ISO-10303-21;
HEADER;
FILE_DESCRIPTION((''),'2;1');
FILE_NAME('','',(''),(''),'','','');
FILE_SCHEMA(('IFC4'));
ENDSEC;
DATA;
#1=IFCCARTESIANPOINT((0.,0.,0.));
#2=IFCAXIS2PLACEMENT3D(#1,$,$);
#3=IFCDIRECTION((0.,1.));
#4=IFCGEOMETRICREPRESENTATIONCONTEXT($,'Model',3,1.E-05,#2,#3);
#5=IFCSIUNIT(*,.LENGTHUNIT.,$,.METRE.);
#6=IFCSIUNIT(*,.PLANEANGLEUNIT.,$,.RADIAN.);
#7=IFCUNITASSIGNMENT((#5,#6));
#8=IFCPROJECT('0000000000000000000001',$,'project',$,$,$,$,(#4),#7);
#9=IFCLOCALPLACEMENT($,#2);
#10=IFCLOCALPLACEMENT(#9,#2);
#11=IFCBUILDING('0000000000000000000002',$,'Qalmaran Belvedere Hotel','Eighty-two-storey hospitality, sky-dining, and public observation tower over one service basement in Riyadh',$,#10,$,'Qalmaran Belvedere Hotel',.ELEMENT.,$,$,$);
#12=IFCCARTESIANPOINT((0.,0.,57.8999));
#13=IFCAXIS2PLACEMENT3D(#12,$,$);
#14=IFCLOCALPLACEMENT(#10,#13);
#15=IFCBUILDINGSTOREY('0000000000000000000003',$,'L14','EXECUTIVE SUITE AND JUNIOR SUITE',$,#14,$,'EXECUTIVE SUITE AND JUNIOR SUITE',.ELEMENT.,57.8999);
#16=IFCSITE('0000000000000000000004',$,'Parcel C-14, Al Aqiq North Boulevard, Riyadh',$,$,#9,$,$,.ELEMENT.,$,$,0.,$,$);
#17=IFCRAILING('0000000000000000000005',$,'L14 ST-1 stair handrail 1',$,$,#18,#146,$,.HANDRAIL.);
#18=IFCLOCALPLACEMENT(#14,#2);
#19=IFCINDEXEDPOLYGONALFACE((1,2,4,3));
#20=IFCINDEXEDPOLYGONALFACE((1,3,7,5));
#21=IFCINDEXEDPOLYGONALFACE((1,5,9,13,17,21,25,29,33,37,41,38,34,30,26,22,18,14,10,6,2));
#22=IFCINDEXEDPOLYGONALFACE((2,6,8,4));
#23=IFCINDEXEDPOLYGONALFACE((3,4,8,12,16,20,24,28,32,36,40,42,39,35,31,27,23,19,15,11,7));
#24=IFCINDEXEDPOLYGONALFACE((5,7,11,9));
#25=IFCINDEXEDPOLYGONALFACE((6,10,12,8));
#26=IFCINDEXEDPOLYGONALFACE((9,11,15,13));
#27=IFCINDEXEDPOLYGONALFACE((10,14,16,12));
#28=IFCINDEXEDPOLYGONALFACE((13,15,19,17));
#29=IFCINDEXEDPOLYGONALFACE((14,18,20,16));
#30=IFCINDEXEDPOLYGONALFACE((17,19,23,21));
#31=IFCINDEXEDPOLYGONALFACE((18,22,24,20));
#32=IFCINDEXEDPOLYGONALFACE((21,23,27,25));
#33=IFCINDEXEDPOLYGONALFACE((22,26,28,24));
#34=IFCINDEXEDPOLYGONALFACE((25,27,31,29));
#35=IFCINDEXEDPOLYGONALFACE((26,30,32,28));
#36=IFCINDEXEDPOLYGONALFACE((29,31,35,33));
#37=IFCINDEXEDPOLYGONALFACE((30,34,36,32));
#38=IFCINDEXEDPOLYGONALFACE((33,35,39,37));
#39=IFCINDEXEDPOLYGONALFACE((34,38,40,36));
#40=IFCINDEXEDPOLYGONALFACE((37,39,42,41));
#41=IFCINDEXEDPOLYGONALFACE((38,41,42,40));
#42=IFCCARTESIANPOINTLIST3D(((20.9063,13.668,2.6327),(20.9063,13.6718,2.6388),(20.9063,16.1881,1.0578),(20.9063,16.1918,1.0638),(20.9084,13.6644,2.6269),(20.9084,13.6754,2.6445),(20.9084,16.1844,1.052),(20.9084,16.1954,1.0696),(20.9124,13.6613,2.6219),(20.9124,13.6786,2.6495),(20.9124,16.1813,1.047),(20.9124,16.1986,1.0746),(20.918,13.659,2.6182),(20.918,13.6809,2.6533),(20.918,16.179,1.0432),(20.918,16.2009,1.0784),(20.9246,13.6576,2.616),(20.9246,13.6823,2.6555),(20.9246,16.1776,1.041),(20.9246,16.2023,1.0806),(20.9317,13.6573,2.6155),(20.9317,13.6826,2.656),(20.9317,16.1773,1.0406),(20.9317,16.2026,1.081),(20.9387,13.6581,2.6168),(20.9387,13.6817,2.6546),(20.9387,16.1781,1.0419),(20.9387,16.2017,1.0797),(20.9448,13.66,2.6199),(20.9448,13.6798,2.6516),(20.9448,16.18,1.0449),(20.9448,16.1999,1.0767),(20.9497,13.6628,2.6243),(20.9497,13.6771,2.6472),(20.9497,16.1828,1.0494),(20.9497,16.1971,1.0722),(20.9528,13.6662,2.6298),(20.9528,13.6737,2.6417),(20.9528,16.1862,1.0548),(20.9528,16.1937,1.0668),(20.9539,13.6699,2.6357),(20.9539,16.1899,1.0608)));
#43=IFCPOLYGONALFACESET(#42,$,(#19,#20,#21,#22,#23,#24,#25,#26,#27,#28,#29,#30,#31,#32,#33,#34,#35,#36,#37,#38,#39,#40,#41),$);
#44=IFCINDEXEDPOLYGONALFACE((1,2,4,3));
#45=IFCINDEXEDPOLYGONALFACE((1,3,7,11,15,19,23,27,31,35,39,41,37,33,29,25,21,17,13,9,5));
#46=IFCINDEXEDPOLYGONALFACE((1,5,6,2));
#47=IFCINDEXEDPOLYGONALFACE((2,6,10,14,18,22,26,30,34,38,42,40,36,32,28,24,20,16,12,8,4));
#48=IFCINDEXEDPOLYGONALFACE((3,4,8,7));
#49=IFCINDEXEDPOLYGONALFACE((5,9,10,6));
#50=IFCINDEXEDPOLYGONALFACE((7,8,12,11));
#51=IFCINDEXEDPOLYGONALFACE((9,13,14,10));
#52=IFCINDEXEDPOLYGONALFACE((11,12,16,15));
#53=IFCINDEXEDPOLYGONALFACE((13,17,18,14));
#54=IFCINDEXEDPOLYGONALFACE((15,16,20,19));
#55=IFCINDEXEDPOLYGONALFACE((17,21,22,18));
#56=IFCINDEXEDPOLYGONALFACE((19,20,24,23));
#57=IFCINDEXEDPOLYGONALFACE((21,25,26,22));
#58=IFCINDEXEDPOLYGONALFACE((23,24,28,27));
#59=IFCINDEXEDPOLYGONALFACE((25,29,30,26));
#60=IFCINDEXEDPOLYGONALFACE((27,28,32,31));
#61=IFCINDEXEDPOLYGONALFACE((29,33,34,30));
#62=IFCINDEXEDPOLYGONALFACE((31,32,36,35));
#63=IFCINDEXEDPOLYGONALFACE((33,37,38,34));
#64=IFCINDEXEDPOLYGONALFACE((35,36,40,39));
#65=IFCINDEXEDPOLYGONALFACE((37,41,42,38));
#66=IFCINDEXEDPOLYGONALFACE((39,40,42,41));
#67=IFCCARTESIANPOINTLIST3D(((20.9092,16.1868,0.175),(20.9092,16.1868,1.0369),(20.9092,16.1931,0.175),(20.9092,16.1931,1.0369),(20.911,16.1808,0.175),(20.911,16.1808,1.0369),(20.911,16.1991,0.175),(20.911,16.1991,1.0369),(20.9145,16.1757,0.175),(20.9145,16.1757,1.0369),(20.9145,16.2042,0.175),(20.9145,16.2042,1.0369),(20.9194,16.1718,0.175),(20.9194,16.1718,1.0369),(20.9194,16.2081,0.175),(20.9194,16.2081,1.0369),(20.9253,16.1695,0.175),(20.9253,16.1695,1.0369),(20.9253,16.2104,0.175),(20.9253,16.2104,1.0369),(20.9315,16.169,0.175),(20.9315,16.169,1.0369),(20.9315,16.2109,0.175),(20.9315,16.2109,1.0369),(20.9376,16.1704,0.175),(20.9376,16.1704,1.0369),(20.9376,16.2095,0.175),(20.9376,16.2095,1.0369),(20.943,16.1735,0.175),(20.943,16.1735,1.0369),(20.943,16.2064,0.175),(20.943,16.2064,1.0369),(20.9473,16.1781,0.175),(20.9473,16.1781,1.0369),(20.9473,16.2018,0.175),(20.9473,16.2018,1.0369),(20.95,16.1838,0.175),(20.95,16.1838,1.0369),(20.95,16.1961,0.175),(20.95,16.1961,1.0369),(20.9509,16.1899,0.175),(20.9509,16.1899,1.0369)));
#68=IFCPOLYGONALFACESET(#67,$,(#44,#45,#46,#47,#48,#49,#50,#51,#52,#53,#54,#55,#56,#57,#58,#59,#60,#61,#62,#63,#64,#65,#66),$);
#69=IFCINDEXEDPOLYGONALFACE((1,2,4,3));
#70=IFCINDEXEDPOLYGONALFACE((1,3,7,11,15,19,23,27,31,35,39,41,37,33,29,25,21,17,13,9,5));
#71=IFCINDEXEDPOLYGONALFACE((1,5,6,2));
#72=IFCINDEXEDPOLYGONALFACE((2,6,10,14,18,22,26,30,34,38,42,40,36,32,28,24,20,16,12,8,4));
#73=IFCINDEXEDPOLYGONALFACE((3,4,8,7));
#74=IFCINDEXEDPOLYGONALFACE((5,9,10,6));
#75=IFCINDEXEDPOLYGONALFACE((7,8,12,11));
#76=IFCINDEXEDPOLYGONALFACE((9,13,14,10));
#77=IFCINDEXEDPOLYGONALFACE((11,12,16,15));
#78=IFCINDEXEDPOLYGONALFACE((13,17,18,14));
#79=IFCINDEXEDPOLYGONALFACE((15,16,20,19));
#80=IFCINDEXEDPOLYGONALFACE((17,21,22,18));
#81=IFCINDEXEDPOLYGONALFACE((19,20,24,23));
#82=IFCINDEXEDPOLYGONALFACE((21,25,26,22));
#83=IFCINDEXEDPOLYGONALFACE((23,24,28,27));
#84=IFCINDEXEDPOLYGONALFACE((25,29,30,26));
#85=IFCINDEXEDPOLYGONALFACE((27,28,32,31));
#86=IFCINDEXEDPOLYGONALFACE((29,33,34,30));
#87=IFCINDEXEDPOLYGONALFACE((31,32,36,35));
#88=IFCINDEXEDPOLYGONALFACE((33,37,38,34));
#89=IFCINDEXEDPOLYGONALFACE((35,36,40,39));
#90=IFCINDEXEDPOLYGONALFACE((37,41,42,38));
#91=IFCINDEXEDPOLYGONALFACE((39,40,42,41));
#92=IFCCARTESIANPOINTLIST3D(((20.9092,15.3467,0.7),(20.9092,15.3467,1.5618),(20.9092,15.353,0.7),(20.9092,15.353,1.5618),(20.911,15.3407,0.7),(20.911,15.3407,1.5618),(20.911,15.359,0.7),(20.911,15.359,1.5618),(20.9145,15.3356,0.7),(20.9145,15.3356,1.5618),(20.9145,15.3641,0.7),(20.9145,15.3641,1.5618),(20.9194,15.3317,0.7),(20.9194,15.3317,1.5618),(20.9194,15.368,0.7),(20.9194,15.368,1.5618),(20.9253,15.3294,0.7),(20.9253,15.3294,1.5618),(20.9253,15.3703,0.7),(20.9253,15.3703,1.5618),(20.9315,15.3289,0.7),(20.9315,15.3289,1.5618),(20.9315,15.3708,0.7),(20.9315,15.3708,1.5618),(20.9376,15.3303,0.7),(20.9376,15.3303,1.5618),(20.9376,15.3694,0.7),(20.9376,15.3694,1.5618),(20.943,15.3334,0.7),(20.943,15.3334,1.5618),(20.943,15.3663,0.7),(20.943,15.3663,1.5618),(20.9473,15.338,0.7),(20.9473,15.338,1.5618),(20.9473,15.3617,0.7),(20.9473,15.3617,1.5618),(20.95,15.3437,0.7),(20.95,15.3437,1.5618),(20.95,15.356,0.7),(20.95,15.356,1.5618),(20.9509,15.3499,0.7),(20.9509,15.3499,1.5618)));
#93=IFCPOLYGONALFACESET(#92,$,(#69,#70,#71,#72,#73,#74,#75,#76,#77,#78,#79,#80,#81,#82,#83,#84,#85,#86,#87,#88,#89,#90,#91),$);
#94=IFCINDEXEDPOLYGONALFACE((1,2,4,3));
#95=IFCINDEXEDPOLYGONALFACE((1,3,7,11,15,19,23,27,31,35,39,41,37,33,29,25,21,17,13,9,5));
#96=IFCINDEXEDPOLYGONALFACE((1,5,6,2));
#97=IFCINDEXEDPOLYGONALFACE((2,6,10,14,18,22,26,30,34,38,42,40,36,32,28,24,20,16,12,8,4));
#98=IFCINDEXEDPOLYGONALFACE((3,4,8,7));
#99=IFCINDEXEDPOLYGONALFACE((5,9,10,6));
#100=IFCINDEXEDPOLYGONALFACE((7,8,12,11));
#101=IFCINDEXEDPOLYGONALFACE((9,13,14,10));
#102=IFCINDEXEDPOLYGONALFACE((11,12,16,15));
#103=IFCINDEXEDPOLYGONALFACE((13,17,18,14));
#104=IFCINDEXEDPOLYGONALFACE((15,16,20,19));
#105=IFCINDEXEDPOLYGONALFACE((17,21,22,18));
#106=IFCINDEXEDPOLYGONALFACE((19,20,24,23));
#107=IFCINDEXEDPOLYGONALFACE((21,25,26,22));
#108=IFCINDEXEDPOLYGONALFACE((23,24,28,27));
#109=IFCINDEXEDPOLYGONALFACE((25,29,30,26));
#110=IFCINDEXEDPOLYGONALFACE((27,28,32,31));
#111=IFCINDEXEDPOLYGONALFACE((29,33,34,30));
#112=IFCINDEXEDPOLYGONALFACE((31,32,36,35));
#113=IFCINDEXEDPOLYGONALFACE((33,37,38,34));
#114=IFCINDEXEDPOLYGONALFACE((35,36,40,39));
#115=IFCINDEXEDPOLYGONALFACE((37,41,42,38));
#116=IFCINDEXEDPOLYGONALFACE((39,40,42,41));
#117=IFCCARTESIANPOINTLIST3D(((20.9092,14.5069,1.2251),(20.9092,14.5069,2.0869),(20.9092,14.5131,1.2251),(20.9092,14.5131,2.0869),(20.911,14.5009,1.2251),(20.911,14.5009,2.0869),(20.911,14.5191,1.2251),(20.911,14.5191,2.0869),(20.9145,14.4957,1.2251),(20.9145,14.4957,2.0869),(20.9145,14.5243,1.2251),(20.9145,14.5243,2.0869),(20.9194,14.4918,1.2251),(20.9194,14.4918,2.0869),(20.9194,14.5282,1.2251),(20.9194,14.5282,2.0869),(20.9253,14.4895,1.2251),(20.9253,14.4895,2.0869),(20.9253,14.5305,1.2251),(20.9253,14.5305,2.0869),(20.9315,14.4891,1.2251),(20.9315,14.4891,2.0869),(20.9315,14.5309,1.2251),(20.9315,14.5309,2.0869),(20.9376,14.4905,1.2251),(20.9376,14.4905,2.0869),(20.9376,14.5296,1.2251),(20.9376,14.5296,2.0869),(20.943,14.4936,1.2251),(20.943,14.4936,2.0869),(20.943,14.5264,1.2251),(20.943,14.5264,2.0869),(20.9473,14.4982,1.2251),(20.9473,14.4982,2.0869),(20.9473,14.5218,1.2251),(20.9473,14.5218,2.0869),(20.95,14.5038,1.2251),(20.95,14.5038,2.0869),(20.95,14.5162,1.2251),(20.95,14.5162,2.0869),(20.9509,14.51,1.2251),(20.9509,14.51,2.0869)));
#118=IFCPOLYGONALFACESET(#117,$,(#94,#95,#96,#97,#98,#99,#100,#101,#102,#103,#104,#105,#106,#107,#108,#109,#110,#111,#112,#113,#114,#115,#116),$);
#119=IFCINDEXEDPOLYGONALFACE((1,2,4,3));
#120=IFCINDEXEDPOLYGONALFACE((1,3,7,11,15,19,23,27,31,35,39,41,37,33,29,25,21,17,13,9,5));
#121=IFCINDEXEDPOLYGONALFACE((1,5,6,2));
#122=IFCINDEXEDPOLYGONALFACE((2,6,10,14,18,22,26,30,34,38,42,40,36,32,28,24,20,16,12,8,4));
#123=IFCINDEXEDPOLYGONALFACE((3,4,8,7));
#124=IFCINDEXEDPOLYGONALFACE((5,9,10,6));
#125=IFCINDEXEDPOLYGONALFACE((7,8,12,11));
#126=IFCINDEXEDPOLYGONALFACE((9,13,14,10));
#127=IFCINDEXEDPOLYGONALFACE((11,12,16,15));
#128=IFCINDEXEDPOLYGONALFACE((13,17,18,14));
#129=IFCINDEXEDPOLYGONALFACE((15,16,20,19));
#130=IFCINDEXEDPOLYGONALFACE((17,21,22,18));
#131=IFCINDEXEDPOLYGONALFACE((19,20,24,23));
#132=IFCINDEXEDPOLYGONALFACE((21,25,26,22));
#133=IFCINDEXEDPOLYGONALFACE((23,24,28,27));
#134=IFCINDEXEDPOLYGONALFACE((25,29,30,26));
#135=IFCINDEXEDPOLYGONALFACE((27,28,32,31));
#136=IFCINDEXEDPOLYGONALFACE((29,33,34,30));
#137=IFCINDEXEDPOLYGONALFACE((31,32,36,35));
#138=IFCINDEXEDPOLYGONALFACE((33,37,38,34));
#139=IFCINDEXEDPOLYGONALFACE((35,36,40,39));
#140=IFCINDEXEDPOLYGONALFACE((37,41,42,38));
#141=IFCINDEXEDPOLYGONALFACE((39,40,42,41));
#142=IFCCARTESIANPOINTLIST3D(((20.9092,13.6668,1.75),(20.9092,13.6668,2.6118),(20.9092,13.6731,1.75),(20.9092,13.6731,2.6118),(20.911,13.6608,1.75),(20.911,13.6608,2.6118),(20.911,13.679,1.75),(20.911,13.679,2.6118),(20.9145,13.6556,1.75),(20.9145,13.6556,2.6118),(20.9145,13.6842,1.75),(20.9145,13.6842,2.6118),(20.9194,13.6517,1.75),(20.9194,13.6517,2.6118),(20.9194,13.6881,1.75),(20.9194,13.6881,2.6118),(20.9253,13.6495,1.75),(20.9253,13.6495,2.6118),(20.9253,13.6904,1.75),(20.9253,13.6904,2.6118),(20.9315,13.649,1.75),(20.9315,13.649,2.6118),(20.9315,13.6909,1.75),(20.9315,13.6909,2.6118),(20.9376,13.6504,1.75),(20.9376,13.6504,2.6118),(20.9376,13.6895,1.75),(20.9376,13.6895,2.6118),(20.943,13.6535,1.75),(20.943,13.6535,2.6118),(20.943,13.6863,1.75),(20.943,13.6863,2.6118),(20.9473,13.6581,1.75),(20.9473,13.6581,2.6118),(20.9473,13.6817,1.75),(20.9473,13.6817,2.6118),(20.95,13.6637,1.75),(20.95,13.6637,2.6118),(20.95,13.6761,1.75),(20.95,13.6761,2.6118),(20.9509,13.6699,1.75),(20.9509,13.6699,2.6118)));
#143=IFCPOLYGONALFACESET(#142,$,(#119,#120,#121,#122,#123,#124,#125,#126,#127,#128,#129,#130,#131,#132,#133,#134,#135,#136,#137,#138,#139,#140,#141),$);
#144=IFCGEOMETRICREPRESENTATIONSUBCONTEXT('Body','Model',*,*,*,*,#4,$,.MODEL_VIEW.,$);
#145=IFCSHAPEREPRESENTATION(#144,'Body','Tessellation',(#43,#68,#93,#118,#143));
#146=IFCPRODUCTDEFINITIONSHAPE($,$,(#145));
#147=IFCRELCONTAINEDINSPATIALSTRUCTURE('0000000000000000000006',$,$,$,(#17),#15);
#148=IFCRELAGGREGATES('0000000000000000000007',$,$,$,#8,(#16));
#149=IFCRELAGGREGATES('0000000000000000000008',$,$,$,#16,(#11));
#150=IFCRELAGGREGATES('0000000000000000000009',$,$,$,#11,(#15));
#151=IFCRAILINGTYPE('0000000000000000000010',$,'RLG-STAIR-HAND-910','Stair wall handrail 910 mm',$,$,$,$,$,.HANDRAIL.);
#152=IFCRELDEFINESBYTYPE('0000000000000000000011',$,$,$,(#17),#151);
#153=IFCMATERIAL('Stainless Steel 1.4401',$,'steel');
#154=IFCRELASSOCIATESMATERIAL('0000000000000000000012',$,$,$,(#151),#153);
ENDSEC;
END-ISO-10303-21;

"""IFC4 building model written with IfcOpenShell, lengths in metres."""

from ifc_helpers import new_model, si_unit, direction, frame, origin, origin_2d, place, context, subcontext, project, spatial, circle, extrude, material, type_object, element, save


model = new_model("IFC4")

# Units and contexts
model_context = context("Model", 3, precision=1e-05, world=origin(), true_north=direction((0.0, 1.0)))
body_context = subcontext(model_context, "Body", "Model", "MODEL_VIEW")
ifc_project = project(units=[si_unit("LENGTHUNIT", "METRE"), si_unit("PLANEANGLEUNIT", "RADIAN")], contexts=[model_context])

# Site, building, storey
site_placement = place(None, origin())
site = spatial("IfcSite", under=ifc_project, at=site_placement, Name="Parcel C-14, Al Aqiq North Boulevard, Riyadh", CompositionType="ELEMENT", RefElevation=0.0)
building_placement = place(site_placement, origin())
building = spatial("IfcBuilding", under=site, at=building_placement, Name="Qalmaran Belvedere Hotel", Description="Eighty-two-storey hospitality, sky-dining, and public observation tower over one service basement in Riyadh", LongName="Qalmaran Belvedere Hotel", CompositionType="ELEMENT")
storey_placement = place(building_placement, frame((0.0, 0.0, 57.8999)))
storey = spatial("IfcBuildingStorey", under=building, at=storey_placement, Name="L14", Description="EXECUTIVE SUITE AND JUNIOR SUITE", LongName="EXECUTIVE SUITE AND JUNIOR SUITE", CompositionType="ELEMENT", Elevation=57.8999)

# Shared definitions
ifc_material_1 = material(Name="Stainless Steel 1.4401", Category="steel")

# Railing
railing_type = type_object("IfcRailingType", Name="RLG-STAIR-HAND-910", Description="Stair wall handrail 910 mm", PredefinedType="HANDRAIL", material=ifc_material_1)
railing_placement = place(storey_placement, frame((20.9299, 16.1899, 0.175)))
element("IfcRailing", 1, at=railing_placement, inside=storey, type_object=railing_type, Name="L14 ST-1 stair handrail 1", PredefinedType="HANDRAIL", context=body_context, shape_type="SweptSolid", body=[
    extrude(circle(Radius=0.0239, at=origin_2d()), frame((0.0, 0.0, 0.8857), z_axis=(0.0, -0.848008, 0.529984), x_axis=(1.0, 0.0, 0.0)), (0.0, 0.0, 1.0), 2.9717),
    extrude(circle(Radius=0.021, at=origin_2d()), origin(), (0.0, 0.0, 1.0), 0.8618),
    extrude(circle(Radius=0.021, at=origin_2d()), frame((0.0, -0.8401, 0.5249)), (0.0, 0.0, 1.0), 0.8618),
    extrude(circle(Radius=0.021, at=origin_2d()), frame((0.0, -1.6799, 1.05)), (0.0, 0.0, 1.0), 0.8618),
    extrude(circle(Radius=0.021, at=origin_2d()), frame((0.0, -2.52, 1.575)), (0.0, 0.0, 1.0), 0.8618),
])

save(model, "model.ifc")
